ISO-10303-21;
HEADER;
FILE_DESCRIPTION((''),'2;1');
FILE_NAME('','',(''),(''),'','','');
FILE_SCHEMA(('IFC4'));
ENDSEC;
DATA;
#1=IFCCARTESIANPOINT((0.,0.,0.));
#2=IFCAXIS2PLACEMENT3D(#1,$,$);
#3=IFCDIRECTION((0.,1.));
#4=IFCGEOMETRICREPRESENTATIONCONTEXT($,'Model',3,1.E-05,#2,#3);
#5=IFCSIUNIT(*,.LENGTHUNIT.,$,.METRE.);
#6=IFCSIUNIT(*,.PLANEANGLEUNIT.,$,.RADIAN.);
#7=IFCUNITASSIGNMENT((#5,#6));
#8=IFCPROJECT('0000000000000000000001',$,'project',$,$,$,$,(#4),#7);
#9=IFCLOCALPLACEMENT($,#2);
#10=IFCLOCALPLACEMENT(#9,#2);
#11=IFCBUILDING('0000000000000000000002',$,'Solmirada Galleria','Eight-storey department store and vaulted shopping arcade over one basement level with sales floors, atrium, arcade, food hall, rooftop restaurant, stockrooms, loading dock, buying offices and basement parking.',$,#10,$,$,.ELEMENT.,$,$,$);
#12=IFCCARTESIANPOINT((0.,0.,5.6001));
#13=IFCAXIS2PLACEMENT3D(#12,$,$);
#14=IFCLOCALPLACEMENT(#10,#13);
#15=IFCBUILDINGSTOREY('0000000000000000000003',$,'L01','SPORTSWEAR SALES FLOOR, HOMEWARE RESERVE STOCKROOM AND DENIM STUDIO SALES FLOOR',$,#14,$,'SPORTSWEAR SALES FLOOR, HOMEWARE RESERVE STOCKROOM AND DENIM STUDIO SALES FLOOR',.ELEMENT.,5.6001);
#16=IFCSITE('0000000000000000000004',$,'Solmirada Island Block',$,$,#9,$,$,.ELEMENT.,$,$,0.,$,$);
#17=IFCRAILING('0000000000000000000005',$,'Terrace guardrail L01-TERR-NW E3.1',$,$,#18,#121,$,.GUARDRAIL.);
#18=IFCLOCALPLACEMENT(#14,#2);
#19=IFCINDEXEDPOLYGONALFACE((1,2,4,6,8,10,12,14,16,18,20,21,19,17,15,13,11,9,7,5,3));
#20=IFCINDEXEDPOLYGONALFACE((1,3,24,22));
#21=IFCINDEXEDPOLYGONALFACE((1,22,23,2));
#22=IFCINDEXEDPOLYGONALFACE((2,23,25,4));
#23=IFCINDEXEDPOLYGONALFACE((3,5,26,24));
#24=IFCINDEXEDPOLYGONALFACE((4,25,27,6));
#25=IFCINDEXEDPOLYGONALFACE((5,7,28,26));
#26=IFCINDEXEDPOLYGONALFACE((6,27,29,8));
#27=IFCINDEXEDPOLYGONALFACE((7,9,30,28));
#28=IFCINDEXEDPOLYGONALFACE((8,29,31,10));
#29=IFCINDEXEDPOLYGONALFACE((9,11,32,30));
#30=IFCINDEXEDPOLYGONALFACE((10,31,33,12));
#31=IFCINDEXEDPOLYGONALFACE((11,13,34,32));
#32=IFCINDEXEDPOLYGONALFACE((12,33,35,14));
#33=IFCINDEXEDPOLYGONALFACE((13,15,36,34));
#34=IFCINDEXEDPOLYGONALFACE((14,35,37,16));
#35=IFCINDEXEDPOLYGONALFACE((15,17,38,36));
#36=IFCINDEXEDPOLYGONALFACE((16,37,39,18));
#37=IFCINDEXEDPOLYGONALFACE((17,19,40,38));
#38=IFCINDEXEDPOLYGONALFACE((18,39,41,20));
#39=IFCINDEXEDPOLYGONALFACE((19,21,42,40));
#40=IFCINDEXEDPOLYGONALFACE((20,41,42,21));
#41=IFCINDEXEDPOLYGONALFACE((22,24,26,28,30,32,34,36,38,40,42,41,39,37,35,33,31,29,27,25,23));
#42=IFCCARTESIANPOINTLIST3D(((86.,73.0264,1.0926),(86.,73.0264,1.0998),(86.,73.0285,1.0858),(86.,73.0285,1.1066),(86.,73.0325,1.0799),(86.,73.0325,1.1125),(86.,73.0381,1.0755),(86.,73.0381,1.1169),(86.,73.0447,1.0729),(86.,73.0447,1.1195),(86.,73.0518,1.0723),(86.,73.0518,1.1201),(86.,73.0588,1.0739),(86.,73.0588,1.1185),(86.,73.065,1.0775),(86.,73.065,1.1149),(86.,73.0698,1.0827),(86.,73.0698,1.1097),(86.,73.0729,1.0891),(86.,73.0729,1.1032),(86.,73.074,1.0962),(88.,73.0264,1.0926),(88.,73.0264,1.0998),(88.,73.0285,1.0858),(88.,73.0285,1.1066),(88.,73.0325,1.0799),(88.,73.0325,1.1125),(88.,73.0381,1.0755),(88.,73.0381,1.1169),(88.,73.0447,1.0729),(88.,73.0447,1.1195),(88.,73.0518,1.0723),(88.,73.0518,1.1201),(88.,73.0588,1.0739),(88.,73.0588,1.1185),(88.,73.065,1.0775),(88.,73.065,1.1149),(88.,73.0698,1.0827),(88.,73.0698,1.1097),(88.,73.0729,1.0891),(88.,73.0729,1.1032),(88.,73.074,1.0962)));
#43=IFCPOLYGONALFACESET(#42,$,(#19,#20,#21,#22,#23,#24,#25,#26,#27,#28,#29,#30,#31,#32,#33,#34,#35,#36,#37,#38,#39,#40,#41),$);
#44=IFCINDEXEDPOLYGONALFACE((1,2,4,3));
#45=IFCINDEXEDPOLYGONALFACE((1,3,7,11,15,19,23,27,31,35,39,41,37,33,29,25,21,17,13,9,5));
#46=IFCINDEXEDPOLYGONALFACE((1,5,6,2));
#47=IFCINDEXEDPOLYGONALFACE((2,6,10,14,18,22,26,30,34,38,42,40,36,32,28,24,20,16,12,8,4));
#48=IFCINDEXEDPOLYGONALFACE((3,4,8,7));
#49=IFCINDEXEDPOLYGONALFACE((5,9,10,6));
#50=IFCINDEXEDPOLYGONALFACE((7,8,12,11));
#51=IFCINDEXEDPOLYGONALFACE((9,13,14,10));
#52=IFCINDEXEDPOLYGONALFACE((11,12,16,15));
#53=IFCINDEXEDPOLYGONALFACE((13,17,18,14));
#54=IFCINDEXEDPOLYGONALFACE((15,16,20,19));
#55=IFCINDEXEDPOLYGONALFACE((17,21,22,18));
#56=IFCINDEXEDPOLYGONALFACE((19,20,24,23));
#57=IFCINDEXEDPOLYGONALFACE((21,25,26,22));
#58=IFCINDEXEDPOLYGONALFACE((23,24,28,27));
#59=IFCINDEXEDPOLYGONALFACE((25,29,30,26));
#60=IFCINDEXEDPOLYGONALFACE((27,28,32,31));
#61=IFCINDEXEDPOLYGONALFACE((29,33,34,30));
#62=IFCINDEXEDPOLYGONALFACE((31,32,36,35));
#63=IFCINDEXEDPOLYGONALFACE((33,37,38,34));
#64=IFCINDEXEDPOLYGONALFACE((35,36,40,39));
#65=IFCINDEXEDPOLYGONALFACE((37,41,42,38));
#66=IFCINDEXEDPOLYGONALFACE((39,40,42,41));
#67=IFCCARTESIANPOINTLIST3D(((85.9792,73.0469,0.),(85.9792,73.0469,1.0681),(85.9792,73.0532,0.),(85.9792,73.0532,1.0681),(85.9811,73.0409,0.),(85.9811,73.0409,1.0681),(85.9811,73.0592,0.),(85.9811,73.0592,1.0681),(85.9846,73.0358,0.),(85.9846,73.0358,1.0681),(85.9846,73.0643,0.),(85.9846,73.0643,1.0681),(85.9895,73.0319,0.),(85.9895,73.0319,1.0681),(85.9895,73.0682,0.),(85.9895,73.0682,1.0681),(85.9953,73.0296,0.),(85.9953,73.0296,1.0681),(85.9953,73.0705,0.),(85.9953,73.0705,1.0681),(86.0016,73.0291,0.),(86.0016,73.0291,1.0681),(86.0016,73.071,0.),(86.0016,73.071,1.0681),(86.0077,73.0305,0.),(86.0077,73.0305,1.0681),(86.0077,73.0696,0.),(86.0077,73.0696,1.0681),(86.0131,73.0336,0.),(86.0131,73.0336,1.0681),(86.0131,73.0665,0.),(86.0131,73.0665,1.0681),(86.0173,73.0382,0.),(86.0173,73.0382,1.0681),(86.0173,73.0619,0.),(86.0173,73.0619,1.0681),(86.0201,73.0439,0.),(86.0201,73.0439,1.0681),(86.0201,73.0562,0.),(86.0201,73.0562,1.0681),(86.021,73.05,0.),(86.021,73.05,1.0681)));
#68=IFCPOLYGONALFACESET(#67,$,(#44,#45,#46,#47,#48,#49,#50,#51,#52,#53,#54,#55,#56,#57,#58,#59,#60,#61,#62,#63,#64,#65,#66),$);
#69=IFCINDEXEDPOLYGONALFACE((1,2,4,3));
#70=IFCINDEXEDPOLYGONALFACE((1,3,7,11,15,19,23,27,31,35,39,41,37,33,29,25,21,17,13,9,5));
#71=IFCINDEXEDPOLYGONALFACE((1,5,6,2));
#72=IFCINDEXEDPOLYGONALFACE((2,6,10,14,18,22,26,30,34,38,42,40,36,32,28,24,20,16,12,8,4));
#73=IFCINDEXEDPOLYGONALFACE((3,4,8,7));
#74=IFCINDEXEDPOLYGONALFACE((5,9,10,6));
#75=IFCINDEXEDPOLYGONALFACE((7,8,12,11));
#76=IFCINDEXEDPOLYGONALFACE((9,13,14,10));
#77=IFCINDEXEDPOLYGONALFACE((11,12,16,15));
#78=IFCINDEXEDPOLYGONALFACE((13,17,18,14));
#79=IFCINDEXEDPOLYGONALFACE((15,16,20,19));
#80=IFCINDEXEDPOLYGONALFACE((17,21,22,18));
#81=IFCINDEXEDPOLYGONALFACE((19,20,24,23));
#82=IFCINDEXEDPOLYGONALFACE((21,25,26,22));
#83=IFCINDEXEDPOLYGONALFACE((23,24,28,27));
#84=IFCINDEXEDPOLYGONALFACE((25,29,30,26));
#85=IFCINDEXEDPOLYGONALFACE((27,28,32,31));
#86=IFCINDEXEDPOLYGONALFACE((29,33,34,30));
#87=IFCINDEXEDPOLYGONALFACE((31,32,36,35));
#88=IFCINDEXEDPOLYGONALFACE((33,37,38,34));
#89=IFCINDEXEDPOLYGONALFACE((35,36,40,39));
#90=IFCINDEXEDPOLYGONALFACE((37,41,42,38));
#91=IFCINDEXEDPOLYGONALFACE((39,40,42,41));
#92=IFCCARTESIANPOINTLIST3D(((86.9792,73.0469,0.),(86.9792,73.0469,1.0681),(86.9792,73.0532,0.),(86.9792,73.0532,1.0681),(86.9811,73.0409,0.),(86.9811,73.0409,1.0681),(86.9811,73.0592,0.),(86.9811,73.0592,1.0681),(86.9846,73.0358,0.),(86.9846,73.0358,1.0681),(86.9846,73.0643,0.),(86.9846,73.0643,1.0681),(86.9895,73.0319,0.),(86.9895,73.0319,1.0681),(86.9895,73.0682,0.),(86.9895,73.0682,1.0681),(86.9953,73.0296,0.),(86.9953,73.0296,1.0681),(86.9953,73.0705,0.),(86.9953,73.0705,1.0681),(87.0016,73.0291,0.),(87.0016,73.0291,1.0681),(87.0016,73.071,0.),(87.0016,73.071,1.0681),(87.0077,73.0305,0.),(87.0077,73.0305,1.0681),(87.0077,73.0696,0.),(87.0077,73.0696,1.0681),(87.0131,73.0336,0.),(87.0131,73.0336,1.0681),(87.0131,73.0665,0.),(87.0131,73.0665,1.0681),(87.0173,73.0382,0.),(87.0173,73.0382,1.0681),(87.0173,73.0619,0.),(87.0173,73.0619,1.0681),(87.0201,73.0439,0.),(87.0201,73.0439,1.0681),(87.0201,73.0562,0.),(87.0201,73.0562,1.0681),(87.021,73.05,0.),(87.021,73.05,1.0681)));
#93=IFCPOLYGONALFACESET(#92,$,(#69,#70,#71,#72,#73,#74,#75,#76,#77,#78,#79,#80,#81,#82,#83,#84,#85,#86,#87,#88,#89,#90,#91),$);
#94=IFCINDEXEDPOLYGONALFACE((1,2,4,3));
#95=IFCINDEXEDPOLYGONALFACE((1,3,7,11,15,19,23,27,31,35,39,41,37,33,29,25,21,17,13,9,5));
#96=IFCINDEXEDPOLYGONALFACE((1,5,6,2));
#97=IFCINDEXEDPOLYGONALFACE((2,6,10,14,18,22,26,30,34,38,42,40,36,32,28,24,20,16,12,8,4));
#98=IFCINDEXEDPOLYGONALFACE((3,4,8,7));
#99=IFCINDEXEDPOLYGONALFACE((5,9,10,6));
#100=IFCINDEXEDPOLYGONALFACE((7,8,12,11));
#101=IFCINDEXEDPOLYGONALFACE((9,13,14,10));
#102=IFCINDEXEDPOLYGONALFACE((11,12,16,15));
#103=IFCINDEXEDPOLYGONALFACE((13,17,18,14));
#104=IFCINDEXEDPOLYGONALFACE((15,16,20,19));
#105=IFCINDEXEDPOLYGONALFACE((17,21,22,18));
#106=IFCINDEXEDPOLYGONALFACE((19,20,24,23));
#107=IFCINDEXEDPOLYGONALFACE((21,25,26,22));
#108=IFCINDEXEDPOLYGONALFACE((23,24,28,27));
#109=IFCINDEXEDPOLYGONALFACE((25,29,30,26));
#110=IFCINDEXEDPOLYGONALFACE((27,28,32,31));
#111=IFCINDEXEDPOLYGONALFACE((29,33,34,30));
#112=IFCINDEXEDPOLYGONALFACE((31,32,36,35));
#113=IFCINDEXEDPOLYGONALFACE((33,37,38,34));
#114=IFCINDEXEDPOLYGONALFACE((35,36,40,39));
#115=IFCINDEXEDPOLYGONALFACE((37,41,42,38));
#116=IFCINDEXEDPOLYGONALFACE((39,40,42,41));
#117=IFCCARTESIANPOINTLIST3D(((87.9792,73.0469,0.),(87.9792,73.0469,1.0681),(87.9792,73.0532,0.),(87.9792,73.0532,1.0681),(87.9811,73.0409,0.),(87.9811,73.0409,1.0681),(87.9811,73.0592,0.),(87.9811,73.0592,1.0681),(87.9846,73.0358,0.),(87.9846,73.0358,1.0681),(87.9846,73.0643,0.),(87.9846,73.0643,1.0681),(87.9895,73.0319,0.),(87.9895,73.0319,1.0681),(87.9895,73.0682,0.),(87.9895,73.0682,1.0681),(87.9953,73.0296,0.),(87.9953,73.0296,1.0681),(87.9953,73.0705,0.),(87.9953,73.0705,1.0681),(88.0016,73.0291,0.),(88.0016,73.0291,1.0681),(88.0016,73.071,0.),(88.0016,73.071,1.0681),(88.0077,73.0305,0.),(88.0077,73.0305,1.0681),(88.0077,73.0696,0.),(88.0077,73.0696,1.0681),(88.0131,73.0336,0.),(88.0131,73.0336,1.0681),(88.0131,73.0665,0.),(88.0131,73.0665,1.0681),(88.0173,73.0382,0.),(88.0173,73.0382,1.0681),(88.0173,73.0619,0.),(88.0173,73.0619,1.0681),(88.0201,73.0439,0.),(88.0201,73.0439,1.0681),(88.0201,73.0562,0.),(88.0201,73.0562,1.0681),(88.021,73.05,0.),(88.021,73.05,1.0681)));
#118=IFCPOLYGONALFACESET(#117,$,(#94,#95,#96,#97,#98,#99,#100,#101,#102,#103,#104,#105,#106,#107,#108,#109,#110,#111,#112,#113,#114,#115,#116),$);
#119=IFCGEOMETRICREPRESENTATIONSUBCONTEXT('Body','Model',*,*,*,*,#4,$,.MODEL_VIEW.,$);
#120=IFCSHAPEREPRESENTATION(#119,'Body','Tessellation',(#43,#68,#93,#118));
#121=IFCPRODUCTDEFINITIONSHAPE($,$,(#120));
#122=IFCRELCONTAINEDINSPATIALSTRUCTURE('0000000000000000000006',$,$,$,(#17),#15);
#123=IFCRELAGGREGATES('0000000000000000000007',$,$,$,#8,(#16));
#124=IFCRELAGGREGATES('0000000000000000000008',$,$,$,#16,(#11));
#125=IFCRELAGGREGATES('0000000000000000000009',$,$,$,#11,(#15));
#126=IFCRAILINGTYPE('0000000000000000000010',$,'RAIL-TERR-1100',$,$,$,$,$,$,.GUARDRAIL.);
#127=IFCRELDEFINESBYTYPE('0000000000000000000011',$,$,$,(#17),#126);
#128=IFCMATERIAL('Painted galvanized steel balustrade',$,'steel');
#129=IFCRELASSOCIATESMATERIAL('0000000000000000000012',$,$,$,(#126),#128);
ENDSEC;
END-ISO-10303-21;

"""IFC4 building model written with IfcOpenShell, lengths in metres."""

from ifc_helpers import new_model, si_unit, direction, frame, origin, origin_2d, place, context, subcontext, project, spatial, circle, extrude, material, type_object, element, save


model = new_model("IFC4")

# Units and contexts
model_context = context("Model", 3, precision=1e-05, world=origin(), true_north=direction((0.0, 1.0)))
body_context = subcontext(model_context, "Body", "Model", "MODEL_VIEW")
ifc_project = project(units=[si_unit("LENGTHUNIT", "METRE"), si_unit("PLANEANGLEUNIT", "RADIAN")], contexts=[model_context])

# Site, building, storey
site_placement = place(None, origin())
site = spatial("IfcSite", under=ifc_project, at=site_placement, Name="Solmirada Island Block", CompositionType="ELEMENT", RefElevation=0.0)
building_placement = place(site_placement, origin())
building = spatial("IfcBuilding", under=site, at=building_placement, Name="Solmirada Galleria", Description="Eight-storey department store and vaulted shopping arcade over one basement level with sales floors, atrium, arcade, food hall, rooftop restaurant, stockrooms, loading dock, buying offices and basement parking.", CompositionType="ELEMENT")
storey_placement = place(building_placement, frame((0.0, 0.0, 5.6001)))
storey = spatial("IfcBuildingStorey", under=building, at=storey_placement, Name="L01", Description="SPORTSWEAR SALES FLOOR, HOMEWARE RESERVE STOCKROOM AND DENIM STUDIO SALES FLOOR", LongName="SPORTSWEAR SALES FLOOR, HOMEWARE RESERVE STOCKROOM AND DENIM STUDIO SALES FLOOR", CompositionType="ELEMENT", Elevation=5.6001)

# Railing
ifc_material_1 = material(Name="Painted galvanized steel balustrade", Category="steel")
railing_type_1 = type_object("IfcRailingType", Name="RAIL-TERR-1100", PredefinedType="GUARDRAIL", material=ifc_material_1)
railing_1_placement = place(storey_placement, frame((86.0, 73.05, 0.0)))
element("IfcRailing", 1, at=railing_1_placement, inside=storey, type_object=railing_type_1, Name="Terrace guardrail L01-TERR-NW E3.1", PredefinedType="GUARDRAIL", context=body_context, shape_type="SweptSolid", body=[
    extrude(circle(Radius=0.0239, at=origin_2d()), frame((0.0, 0.0, 1.0962), z_axis=(1.0, 0.0, 0.0), x_axis=(0.0, 1.0, 0.0)), (0.0, 0.0, 1.0), 2.0),
    extrude(circle(Radius=0.021, at=origin_2d()), origin(), (0.0, 0.0, 1.0), 1.0681),
    extrude(circle(Radius=0.021, at=origin_2d()), frame((1.0, 0.0, 0.0)), (0.0, 0.0, 1.0), 1.0681),
    extrude(circle(Radius=0.021, at=origin_2d()), frame((2.0, 0.0, 0.0)), (0.0, 0.0, 1.0), 1.0681),
])

save(model, "model.ifc")
